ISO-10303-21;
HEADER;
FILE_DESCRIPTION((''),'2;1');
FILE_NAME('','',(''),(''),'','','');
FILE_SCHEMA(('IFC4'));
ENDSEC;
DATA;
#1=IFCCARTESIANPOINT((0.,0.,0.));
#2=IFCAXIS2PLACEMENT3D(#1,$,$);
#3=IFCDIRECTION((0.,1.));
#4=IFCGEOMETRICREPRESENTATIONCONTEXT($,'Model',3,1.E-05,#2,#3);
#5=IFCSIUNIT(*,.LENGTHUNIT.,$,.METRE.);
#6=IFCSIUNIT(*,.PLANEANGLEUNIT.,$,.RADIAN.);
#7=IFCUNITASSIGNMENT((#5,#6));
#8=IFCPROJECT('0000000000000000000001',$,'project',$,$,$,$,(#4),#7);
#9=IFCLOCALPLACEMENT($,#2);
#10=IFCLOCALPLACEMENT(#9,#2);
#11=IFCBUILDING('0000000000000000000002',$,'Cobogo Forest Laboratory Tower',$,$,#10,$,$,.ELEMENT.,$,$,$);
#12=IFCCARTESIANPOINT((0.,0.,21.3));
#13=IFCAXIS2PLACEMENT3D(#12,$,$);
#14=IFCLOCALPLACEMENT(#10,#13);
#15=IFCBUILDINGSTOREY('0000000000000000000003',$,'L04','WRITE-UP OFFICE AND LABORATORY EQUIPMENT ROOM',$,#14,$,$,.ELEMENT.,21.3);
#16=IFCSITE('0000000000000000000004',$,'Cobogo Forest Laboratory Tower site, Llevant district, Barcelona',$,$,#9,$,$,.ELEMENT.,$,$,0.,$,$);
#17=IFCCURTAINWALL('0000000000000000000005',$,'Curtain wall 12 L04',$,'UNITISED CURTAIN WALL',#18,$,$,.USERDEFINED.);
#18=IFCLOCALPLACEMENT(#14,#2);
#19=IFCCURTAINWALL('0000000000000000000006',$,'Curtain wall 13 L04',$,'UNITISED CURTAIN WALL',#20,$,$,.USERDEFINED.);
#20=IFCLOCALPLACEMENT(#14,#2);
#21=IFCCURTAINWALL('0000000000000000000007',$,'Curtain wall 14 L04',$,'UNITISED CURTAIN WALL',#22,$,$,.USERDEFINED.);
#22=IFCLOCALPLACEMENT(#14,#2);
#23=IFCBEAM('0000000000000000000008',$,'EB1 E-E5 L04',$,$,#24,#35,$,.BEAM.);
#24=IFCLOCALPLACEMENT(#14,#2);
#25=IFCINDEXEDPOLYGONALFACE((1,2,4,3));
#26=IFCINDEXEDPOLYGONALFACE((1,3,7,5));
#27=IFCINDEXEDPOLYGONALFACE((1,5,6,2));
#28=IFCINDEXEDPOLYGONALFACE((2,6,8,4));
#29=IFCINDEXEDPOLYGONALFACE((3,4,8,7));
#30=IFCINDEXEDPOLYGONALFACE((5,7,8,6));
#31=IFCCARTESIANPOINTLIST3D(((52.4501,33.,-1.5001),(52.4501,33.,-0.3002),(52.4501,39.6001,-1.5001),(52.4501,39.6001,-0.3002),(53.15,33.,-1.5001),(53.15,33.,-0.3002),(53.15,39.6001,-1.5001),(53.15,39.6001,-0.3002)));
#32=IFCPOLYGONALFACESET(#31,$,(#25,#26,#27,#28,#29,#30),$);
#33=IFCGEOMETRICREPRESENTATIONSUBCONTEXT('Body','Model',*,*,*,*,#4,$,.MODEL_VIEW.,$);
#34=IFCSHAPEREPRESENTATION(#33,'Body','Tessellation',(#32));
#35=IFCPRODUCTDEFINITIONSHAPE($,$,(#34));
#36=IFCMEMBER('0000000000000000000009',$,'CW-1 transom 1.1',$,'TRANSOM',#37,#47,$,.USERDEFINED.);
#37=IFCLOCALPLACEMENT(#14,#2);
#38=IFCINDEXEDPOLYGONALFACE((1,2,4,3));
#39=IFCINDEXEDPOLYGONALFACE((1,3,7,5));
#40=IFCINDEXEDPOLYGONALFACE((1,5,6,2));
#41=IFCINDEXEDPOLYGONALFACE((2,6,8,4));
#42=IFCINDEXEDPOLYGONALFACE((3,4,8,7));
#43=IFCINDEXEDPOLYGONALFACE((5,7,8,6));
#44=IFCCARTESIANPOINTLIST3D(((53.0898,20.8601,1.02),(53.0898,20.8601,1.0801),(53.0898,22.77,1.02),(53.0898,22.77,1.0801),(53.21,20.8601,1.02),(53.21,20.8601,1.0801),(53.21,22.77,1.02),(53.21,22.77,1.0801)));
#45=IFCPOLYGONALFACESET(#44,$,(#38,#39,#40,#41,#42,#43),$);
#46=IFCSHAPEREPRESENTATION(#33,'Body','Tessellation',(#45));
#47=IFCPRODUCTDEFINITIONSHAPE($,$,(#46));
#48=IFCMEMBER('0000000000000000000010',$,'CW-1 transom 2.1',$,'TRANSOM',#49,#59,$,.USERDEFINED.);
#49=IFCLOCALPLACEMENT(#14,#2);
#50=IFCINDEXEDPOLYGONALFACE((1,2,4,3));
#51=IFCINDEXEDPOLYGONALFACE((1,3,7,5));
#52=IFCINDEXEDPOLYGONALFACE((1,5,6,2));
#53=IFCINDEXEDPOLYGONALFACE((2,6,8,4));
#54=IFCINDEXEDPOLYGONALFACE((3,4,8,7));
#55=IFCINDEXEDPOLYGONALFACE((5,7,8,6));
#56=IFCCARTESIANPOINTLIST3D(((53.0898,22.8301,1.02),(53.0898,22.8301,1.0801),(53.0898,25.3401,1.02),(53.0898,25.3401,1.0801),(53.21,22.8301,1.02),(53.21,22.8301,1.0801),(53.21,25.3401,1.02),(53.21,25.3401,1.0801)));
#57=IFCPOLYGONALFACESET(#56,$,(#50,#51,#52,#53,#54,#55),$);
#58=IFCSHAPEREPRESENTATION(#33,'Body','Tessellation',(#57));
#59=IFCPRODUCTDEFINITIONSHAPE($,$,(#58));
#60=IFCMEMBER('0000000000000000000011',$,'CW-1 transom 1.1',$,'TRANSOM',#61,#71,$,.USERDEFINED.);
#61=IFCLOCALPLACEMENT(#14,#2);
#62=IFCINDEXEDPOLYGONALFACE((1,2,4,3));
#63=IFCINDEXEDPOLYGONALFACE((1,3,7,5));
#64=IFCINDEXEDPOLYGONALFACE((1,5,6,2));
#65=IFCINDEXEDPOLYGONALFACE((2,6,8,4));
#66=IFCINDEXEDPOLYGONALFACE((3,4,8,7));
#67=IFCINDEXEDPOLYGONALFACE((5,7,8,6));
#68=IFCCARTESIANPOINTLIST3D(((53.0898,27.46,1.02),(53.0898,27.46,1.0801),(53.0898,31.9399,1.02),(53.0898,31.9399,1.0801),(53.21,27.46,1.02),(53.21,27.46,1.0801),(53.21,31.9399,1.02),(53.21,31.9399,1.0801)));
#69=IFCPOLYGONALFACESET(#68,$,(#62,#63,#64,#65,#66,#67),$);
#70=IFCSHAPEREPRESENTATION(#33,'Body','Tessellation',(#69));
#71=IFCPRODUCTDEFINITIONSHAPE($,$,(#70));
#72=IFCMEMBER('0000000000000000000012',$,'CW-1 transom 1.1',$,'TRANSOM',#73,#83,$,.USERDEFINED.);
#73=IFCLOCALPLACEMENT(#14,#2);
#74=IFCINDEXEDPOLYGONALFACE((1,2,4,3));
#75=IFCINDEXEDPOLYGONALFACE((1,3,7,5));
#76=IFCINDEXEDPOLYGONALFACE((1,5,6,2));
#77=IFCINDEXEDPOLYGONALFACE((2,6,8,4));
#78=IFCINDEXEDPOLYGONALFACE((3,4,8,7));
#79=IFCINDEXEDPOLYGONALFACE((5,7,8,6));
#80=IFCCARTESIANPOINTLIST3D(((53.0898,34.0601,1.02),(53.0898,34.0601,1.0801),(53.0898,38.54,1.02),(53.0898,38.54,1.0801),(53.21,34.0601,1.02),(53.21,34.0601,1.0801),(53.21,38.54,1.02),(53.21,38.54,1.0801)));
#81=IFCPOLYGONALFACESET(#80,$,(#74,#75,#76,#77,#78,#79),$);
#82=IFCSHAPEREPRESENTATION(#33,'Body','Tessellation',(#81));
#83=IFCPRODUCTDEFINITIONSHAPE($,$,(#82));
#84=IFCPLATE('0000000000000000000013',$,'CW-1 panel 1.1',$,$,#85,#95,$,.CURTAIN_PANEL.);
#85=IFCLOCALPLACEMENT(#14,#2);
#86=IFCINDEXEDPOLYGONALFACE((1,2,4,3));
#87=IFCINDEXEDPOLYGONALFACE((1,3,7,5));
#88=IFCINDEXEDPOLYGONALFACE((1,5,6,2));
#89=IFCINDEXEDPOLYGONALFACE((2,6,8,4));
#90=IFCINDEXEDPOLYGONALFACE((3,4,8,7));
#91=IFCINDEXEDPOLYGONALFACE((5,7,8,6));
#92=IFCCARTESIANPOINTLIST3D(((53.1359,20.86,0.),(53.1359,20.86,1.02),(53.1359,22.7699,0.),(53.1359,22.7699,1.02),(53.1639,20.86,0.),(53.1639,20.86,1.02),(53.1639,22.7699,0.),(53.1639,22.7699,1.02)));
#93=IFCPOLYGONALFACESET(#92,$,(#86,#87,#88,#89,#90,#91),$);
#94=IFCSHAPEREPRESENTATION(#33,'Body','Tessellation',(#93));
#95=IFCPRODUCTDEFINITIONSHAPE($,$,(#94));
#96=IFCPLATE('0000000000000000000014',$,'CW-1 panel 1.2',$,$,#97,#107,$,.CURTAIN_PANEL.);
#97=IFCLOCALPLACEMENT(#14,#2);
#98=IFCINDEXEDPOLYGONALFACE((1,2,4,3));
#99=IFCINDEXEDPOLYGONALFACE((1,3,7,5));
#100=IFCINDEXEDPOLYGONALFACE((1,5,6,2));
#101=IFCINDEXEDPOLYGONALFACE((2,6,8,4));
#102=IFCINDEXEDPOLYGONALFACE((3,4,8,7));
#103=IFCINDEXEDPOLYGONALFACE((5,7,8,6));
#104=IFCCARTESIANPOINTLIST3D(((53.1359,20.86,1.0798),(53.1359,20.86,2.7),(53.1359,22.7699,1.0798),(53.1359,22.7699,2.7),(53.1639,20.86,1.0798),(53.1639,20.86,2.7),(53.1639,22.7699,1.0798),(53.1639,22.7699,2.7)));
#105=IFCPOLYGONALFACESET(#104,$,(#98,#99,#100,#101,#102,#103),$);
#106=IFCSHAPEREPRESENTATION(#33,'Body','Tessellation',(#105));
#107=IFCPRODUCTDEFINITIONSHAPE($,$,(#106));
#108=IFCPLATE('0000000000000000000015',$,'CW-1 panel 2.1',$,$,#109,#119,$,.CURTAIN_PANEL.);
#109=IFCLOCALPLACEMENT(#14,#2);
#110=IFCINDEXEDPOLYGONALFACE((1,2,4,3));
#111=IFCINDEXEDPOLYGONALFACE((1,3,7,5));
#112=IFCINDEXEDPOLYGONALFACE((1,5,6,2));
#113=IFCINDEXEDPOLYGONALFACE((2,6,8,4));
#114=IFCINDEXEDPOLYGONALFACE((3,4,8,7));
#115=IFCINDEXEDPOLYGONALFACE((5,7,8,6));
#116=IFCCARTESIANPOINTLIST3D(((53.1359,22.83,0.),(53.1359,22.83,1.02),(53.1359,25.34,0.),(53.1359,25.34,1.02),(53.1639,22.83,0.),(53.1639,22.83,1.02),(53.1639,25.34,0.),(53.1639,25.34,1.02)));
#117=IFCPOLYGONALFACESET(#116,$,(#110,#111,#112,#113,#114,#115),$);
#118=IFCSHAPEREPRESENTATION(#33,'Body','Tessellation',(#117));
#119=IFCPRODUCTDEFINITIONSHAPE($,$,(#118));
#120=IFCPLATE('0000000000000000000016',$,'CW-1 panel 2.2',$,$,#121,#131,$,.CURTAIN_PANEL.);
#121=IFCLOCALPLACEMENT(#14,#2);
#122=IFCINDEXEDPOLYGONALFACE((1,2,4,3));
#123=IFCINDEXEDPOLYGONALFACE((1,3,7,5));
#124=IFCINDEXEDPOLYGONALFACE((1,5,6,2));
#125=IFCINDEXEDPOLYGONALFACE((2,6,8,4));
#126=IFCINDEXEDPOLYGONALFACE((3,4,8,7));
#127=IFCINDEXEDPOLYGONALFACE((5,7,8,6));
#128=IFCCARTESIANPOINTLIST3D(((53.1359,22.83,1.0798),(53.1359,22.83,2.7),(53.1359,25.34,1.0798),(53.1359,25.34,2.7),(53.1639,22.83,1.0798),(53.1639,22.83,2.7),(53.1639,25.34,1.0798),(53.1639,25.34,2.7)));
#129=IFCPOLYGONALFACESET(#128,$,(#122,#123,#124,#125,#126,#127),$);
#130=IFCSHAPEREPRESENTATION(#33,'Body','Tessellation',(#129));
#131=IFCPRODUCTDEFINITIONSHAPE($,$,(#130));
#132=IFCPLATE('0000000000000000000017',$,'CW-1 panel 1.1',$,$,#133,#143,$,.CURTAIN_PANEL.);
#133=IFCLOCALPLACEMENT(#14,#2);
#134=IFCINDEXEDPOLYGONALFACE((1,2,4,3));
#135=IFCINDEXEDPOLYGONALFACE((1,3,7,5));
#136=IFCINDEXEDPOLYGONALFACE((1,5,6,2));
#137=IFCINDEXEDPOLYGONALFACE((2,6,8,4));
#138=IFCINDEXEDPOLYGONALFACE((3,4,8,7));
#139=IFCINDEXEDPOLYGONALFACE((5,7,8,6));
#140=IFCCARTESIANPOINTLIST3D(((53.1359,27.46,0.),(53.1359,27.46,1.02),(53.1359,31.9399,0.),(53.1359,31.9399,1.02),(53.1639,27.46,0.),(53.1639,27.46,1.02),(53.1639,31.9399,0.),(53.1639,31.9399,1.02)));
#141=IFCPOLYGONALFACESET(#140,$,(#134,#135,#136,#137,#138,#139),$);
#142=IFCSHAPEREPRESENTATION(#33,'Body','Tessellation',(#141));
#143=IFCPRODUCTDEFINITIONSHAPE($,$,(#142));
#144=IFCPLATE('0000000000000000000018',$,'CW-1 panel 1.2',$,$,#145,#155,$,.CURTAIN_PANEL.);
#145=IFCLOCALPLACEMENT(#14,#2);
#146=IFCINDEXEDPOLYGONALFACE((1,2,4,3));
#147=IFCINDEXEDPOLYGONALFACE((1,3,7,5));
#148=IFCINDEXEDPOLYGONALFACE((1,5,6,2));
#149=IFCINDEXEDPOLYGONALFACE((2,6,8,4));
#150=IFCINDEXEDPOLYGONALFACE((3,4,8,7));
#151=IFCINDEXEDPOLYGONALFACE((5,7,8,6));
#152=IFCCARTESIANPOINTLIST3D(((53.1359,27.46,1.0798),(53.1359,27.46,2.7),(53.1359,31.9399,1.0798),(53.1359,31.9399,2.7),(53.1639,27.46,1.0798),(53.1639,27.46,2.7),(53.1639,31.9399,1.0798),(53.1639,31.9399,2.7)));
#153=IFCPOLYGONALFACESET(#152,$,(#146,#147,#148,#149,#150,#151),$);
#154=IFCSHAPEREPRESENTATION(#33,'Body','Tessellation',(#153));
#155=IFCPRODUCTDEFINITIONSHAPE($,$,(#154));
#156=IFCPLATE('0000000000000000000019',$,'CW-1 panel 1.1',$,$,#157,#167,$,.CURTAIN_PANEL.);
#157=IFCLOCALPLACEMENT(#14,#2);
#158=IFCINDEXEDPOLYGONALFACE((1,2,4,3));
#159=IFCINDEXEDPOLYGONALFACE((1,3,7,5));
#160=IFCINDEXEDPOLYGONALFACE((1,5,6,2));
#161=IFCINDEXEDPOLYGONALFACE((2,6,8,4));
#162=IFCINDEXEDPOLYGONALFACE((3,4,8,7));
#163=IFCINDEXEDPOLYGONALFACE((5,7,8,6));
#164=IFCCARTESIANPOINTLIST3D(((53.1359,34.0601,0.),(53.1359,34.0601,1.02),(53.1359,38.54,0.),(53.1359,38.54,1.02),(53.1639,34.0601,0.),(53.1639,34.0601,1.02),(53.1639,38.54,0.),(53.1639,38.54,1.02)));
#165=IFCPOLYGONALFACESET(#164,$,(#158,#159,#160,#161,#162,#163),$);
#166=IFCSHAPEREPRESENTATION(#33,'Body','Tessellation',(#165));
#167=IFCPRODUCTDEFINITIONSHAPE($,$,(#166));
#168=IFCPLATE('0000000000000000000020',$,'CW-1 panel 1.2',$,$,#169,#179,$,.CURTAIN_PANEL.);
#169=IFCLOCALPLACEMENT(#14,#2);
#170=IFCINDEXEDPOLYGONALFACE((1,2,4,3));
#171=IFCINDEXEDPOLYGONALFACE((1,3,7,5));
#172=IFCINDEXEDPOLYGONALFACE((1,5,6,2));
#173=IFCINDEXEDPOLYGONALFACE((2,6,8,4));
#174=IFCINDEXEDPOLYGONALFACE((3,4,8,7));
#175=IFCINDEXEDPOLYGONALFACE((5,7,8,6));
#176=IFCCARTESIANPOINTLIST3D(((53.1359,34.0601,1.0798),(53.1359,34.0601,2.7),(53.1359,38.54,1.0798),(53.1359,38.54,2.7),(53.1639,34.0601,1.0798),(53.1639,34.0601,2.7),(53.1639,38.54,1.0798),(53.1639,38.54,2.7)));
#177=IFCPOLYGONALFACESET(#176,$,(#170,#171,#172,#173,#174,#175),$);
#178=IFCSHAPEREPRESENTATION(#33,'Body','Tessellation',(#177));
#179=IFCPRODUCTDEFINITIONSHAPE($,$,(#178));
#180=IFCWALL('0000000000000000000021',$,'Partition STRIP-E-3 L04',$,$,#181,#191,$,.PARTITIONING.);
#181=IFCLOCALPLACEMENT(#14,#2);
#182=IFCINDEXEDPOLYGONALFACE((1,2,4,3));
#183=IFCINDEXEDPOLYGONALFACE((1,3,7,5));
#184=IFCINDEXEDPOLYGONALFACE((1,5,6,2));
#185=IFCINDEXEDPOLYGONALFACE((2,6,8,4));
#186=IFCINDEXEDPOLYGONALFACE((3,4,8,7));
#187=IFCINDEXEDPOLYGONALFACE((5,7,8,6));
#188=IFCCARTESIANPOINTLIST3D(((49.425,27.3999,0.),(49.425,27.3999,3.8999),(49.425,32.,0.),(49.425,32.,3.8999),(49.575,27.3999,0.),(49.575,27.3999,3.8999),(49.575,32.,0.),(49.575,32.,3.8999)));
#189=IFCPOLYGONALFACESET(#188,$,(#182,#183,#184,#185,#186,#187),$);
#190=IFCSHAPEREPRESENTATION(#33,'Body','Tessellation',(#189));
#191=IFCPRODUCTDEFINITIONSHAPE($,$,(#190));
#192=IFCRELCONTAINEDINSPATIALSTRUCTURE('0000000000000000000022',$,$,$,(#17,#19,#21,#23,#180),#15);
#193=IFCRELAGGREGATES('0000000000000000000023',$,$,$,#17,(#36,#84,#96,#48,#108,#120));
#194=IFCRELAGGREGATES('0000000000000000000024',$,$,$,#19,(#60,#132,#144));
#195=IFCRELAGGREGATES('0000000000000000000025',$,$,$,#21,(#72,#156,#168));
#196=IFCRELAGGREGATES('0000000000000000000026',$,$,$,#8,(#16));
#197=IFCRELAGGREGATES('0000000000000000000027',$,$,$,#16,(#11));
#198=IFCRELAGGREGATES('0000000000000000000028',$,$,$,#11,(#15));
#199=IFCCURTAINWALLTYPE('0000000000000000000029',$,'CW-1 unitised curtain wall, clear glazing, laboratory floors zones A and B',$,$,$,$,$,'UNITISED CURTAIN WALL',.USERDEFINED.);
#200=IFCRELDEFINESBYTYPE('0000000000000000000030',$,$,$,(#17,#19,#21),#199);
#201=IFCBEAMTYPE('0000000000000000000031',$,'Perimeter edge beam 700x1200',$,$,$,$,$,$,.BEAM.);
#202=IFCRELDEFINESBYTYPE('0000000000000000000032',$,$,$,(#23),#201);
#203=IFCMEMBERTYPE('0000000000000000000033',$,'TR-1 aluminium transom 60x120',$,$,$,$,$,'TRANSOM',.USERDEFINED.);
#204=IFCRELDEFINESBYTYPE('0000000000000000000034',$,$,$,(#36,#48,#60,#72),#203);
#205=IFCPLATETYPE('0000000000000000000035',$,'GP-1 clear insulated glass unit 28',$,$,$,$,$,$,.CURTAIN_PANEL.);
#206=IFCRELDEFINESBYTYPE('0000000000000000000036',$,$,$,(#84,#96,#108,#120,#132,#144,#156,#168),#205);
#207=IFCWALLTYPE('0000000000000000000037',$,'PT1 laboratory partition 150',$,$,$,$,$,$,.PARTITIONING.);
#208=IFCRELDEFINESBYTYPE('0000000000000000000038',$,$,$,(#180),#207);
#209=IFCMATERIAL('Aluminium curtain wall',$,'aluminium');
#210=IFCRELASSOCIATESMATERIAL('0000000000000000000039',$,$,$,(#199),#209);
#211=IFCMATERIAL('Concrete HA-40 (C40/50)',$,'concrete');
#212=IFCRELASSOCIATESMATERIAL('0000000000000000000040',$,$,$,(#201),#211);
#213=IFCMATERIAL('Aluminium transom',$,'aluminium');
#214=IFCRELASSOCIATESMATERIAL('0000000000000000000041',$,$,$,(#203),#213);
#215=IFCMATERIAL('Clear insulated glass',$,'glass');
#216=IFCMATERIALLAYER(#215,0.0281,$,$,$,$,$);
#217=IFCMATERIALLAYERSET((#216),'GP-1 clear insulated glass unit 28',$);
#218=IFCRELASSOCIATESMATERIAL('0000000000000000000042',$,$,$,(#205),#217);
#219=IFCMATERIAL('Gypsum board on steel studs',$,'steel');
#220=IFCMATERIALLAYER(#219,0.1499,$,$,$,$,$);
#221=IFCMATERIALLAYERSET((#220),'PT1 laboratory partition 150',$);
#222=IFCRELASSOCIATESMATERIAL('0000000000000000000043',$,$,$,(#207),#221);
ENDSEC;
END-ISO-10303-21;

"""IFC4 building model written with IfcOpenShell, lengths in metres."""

from ifc_helpers import new_model, si_unit, direction, frame, frame_2d, origin, origin_2d, place, context, subcontext, project, spatial, rectangle, extrude, material, layer, layer_set, material_profile, profile_set, type_object, element, aggregate, save


model = new_model("IFC4")

# Units and contexts
model_context = context("Model", 3, precision=1e-05, world=origin(), true_north=direction((0.0, 1.0)))
body_context = subcontext(model_context, "Body", "Model", "MODEL_VIEW")
ifc_project = project(units=[si_unit("LENGTHUNIT", "METRE"), si_unit("PLANEANGLEUNIT", "RADIAN")], contexts=[model_context])

# Site, building, storey
site_placement = place(None, origin())
site = spatial("IfcSite", under=ifc_project, at=site_placement, Name="Cobogo Forest Laboratory Tower site, Llevant district, Barcelona", CompositionType="ELEMENT", RefElevation=0.0)
building_placement = place(site_placement, origin())
building = spatial("IfcBuilding", under=site, at=building_placement, Name="Cobogo Forest Laboratory Tower", CompositionType="ELEMENT")
storey_placement = place(building_placement, frame((0.0, 0.0, 21.3)))
storey = spatial("IfcBuildingStorey", under=building, at=storey_placement, Name="L04", Description="WRITE-UP OFFICE AND LABORATORY EQUIPMENT ROOM", CompositionType="ELEMENT", Elevation=21.3)

# Shared definitions
ifc_material_1 = material(Name="Concrete HA-40 (C40/50)", Category="concrete")

# Curtain walls
ifc_material_2 = material(Name="Aluminium curtain wall", Category="aluminium")
curtain_wall_type = type_object("IfcCurtainWallType", Name="CW-1 unitised curtain wall, clear glazing, laboratory floors zones A and B", ElementType="UNITISED CURTAIN WALL", PredefinedType="USERDEFINED", material=ifc_material_2)
curtain_wall_1_placement = place(storey_placement, origin())
curtain_wall_1 = element("IfcCurtainWall", 1, at=curtain_wall_1_placement, inside=storey, type_object=curtain_wall_type, Name="Curtain wall 12 L04", ObjectType="UNITISED CURTAIN WALL", PredefinedType="USERDEFINED")
curtain_wall_2_placement = place(storey_placement, origin())
curtain_wall_2 = element("IfcCurtainWall", 2, at=curtain_wall_2_placement, inside=storey, type_object=curtain_wall_type, Name="Curtain wall 13 L04", ObjectType="UNITISED CURTAIN WALL", PredefinedType="USERDEFINED")
curtain_wall_3_placement = place(storey_placement, origin())
curtain_wall_3 = element("IfcCurtainWall", 3, at=curtain_wall_3_placement, inside=storey, type_object=curtain_wall_type, Name="Curtain wall 14 L04", ObjectType="UNITISED CURTAIN WALL", PredefinedType="USERDEFINED")

# Beam
ifc_material_profile_1 = material_profile(ifc_material_1, rectangle(XDim=0.7, YDim=1.2, at=origin_2d()), Name="RC 700x1200")
ifc_profile_set_1 = profile_set([ifc_material_profile_1], Name="Concrete HA-40 (C40/50)")
beam_type_1 = type_object("IfcBeamType", Name="Perimeter edge beam 700x1200", PredefinedType="BEAM", material=ifc_profile_set_1)
for number, where, z_axis, x_axis, name in (
    (4, (52.8, 33.0, -0.9001), (0.0, 1.0, 0.0), (-1.0, 0.0, 0.0), "EB1 E-E5 L04"),
):
    element("IfcBeam", number, at=place(storey_placement, frame(where, z_axis=z_axis, x_axis=x_axis)), inside=storey, type_object=beam_type_1, Name=name, PredefinedType="BEAM", context=body_context, shape_type="SweptSolid", body=[
        extrude(rectangle(XDim=0.7, YDim=1.2, at=origin_2d()), origin(), (0.0, 0.0, 1.0), 6.6001),
    ])

# Members
ifc_material_3 = material(Name="Aluminium transom", Category="aluminium")
ifc_material_profile_2 = material_profile(ifc_material_3, rectangle(XDim=0.1201, YDim=0.0601, at=origin_2d()), Name="AL 60x120")
ifc_profile_set_2 = profile_set([ifc_material_profile_2], Name="Aluminium transom")
member_type_1 = type_object("IfcMemberType", Name="TR-1 aluminium transom 60x120", ElementType="TRANSOM", PredefinedType="USERDEFINED", material=ifc_profile_set_2)
member_1_placement = place(storey_placement, frame((53.1499, 20.8601, 1.05), z_axis=(0.0, 1.0, 0.0), x_axis=(-1.0, 0.0, 0.0)))
member_1 = element("IfcMember", 5, at=member_1_placement, type_object=member_type_1, Name="CW-1 transom 1.1", ObjectType="TRANSOM", PredefinedType="USERDEFINED", context=body_context, shape_type="SweptSolid", body=[
    extrude(rectangle(XDim=0.1201, YDim=0.0601, at=origin_2d()), origin(), (0.0, 0.0, 1.0), 1.9099),
])
member_2_placement = place(storey_placement, frame((53.1499, 22.8301, 1.05), z_axis=(0.0, 1.0, 0.0), x_axis=(-1.0, 0.0, 0.0)))
member_2 = element("IfcMember", 6, at=member_2_placement, type_object=member_type_1, Name="CW-1 transom 2.1", ObjectType="TRANSOM", PredefinedType="USERDEFINED", context=body_context, shape_type="SweptSolid", body=[
    extrude(rectangle(XDim=0.1201, YDim=0.0601, at=origin_2d()), origin(), (0.0, 0.0, 1.0), 2.51),
])
member_3_placement = place(storey_placement, frame((53.1499, 27.46, 1.05), z_axis=(0.0, 1.0, 0.0), x_axis=(-1.0, 0.0, 0.0)))
member_3 = element("IfcMember", 7, at=member_3_placement, type_object=member_type_1, Name="CW-1 transom 1.1", ObjectType="TRANSOM", PredefinedType="USERDEFINED", context=body_context, shape_type="SweptSolid", body=[
    extrude(rectangle(XDim=0.1201, YDim=0.0601, at=origin_2d()), origin(), (0.0, 0.0, 1.0), 4.48),
])
member_4_placement = place(storey_placement, frame((53.1499, 34.0601, 1.05), z_axis=(0.0, 1.0, 0.0), x_axis=(-1.0, 0.0, 0.0)))
member_4 = element("IfcMember", 8, at=member_4_placement, type_object=member_type_1, Name="CW-1 transom 1.1", ObjectType="TRANSOM", PredefinedType="USERDEFINED", context=body_context, shape_type="SweptSolid", body=[
    extrude(rectangle(XDim=0.1201, YDim=0.0601, at=origin_2d()), origin(), (0.0, 0.0, 1.0), 4.48),
])

# Plates
ifc_material_4 = material(Name="Clear insulated glass", Category="glass")
ifc_layer_1 = layer(ifc_material_4, 0.0281)
ifc_layer_set_1 = layer_set([ifc_layer_1], Name="GP-1 clear insulated glass unit 28")
plate_type_1 = type_object("IfcPlateType", Name="GP-1 clear insulated glass unit 28", PredefinedType="CURTAIN_PANEL", material=ifc_layer_set_1)
plate_1_placement = place(storey_placement, frame((53.1499, 21.8149, 0.0), z_axis=(0.0, 0.0, 1.0), x_axis=(0.0, 1.0, 0.0)))
plate_1 = element("IfcPlate", 9, at=plate_1_placement, type_object=plate_type_1, Name="CW-1 panel 1.1", PredefinedType="CURTAIN_PANEL", context=body_context, shape_type="SweptSolid", body=[
    extrude(rectangle(XDim=1.9099, YDim=0.0281, at=origin_2d()), origin(), (0.0, 0.0, 1.0), 1.02),
])
plate_2_placement = place(storey_placement, frame((53.1499, 21.8149, 1.0798), z_axis=(0.0, 0.0, 1.0), x_axis=(0.0, 1.0, 0.0)))
plate_2 = element("IfcPlate", 10, at=plate_2_placement, type_object=plate_type_1, Name="CW-1 panel 1.2", PredefinedType="CURTAIN_PANEL", context=body_context, shape_type="SweptSolid", body=[
    extrude(rectangle(XDim=1.9099, YDim=0.0281, at=origin_2d()), origin(), (0.0, 0.0, 1.0), 1.6201),
])
plate_3_placement = place(storey_placement, frame((53.1499, 24.085, 0.0), z_axis=(0.0, 0.0, 1.0), x_axis=(0.0, 1.0, 0.0)))
plate_3 = element("IfcPlate", 11, at=plate_3_placement, type_object=plate_type_1, Name="CW-1 panel 2.1", PredefinedType="CURTAIN_PANEL", context=body_context, shape_type="SweptSolid", body=[
    extrude(rectangle(XDim=2.51, YDim=0.0281, at=origin_2d()), origin(), (0.0, 0.0, 1.0), 1.02),
])
plate_4_placement = place(storey_placement, frame((53.1499, 24.085, 1.0798), z_axis=(0.0, 0.0, 1.0), x_axis=(0.0, 1.0, 0.0)))
plate_4 = element("IfcPlate", 12, at=plate_4_placement, type_object=plate_type_1, Name="CW-1 panel 2.2", PredefinedType="CURTAIN_PANEL", context=body_context, shape_type="SweptSolid", body=[
    extrude(rectangle(XDim=2.51, YDim=0.0281, at=origin_2d()), origin(), (0.0, 0.0, 1.0), 1.6201),
])
aggregate(curtain_wall_1, [member_1, plate_1, plate_2, member_2, plate_3, plate_4])
plate_5_placement = place(storey_placement, frame((53.1499, 29.7, 0.0), z_axis=(0.0, 0.0, 1.0), x_axis=(0.0, 1.0, 0.0)))
plate_5 = element("IfcPlate", 13, at=plate_5_placement, type_object=plate_type_1, Name="CW-1 panel 1.1", PredefinedType="CURTAIN_PANEL", context=body_context, shape_type="SweptSolid", body=[
    extrude(rectangle(XDim=4.48, YDim=0.0281, at=origin_2d()), origin(), (0.0, 0.0, 1.0), 1.02),
])
plate_6_placement = place(storey_placement, frame((53.1499, 29.7, 1.0798), z_axis=(0.0, 0.0, 1.0), x_axis=(0.0, 1.0, 0.0)))
plate_6 = element("IfcPlate", 14, at=plate_6_placement, type_object=plate_type_1, Name="CW-1 panel 1.2", PredefinedType="CURTAIN_PANEL", context=body_context, shape_type="SweptSolid", body=[
    extrude(rectangle(XDim=4.48, YDim=0.0281, at=origin_2d()), origin(), (0.0, 0.0, 1.0), 1.6201),
])
aggregate(curtain_wall_2, [member_3, plate_5, plate_6])
plate_7_placement = place(storey_placement, frame((53.1499, 36.3, 0.0), z_axis=(0.0, 0.0, 1.0), x_axis=(0.0, 1.0, 0.0)))
plate_7 = element("IfcPlate", 15, at=plate_7_placement, type_object=plate_type_1, Name="CW-1 panel 1.1", PredefinedType="CURTAIN_PANEL", context=body_context, shape_type="SweptSolid", body=[
    extrude(rectangle(XDim=4.48, YDim=0.0281, at=origin_2d()), origin(), (0.0, 0.0, 1.0), 1.02),
])
plate_8_placement = place(storey_placement, frame((53.1499, 36.3, 1.0798), z_axis=(0.0, 0.0, 1.0), x_axis=(0.0, 1.0, 0.0)))
plate_8 = element("IfcPlate", 16, at=plate_8_placement, type_object=plate_type_1, Name="CW-1 panel 1.2", PredefinedType="CURTAIN_PANEL", context=body_context, shape_type="SweptSolid", body=[
    extrude(rectangle(XDim=4.48, YDim=0.0281, at=origin_2d()), origin(), (0.0, 0.0, 1.0), 1.6201),
])
aggregate(curtain_wall_3, [member_4, plate_7, plate_8])

# Wall
ifc_material_5 = material(Name="Gypsum board on steel studs", Category="steel")
ifc_layer_2 = layer(ifc_material_5, 0.1499)
ifc_layer_set_2 = layer_set([ifc_layer_2], Name="PT1 laboratory partition 150")
wall_type = type_object("IfcWallType", Name="PT1 laboratory partition 150", PredefinedType="PARTITIONING", material=ifc_layer_set_2)
wall_1_placement = place(storey_placement, frame((49.5, 27.3999, 0.0), z_axis=(0.0, 0.0, 1.0), x_axis=(0.0, 1.0, 0.0)))
element("IfcWall", 17, at=wall_1_placement, inside=storey, type_object=wall_type, Name="Partition STRIP-E-3 L04", PredefinedType="PARTITIONING", context=body_context, shape_type="SweptSolid", body=[
    extrude(rectangle(XDim=4.6001, YDim=0.1499, at=frame_2d((2.3, 0.0))), origin(), (0.0, 0.0, 1.0), 3.8999),
])

save(model, "model.ifc")
